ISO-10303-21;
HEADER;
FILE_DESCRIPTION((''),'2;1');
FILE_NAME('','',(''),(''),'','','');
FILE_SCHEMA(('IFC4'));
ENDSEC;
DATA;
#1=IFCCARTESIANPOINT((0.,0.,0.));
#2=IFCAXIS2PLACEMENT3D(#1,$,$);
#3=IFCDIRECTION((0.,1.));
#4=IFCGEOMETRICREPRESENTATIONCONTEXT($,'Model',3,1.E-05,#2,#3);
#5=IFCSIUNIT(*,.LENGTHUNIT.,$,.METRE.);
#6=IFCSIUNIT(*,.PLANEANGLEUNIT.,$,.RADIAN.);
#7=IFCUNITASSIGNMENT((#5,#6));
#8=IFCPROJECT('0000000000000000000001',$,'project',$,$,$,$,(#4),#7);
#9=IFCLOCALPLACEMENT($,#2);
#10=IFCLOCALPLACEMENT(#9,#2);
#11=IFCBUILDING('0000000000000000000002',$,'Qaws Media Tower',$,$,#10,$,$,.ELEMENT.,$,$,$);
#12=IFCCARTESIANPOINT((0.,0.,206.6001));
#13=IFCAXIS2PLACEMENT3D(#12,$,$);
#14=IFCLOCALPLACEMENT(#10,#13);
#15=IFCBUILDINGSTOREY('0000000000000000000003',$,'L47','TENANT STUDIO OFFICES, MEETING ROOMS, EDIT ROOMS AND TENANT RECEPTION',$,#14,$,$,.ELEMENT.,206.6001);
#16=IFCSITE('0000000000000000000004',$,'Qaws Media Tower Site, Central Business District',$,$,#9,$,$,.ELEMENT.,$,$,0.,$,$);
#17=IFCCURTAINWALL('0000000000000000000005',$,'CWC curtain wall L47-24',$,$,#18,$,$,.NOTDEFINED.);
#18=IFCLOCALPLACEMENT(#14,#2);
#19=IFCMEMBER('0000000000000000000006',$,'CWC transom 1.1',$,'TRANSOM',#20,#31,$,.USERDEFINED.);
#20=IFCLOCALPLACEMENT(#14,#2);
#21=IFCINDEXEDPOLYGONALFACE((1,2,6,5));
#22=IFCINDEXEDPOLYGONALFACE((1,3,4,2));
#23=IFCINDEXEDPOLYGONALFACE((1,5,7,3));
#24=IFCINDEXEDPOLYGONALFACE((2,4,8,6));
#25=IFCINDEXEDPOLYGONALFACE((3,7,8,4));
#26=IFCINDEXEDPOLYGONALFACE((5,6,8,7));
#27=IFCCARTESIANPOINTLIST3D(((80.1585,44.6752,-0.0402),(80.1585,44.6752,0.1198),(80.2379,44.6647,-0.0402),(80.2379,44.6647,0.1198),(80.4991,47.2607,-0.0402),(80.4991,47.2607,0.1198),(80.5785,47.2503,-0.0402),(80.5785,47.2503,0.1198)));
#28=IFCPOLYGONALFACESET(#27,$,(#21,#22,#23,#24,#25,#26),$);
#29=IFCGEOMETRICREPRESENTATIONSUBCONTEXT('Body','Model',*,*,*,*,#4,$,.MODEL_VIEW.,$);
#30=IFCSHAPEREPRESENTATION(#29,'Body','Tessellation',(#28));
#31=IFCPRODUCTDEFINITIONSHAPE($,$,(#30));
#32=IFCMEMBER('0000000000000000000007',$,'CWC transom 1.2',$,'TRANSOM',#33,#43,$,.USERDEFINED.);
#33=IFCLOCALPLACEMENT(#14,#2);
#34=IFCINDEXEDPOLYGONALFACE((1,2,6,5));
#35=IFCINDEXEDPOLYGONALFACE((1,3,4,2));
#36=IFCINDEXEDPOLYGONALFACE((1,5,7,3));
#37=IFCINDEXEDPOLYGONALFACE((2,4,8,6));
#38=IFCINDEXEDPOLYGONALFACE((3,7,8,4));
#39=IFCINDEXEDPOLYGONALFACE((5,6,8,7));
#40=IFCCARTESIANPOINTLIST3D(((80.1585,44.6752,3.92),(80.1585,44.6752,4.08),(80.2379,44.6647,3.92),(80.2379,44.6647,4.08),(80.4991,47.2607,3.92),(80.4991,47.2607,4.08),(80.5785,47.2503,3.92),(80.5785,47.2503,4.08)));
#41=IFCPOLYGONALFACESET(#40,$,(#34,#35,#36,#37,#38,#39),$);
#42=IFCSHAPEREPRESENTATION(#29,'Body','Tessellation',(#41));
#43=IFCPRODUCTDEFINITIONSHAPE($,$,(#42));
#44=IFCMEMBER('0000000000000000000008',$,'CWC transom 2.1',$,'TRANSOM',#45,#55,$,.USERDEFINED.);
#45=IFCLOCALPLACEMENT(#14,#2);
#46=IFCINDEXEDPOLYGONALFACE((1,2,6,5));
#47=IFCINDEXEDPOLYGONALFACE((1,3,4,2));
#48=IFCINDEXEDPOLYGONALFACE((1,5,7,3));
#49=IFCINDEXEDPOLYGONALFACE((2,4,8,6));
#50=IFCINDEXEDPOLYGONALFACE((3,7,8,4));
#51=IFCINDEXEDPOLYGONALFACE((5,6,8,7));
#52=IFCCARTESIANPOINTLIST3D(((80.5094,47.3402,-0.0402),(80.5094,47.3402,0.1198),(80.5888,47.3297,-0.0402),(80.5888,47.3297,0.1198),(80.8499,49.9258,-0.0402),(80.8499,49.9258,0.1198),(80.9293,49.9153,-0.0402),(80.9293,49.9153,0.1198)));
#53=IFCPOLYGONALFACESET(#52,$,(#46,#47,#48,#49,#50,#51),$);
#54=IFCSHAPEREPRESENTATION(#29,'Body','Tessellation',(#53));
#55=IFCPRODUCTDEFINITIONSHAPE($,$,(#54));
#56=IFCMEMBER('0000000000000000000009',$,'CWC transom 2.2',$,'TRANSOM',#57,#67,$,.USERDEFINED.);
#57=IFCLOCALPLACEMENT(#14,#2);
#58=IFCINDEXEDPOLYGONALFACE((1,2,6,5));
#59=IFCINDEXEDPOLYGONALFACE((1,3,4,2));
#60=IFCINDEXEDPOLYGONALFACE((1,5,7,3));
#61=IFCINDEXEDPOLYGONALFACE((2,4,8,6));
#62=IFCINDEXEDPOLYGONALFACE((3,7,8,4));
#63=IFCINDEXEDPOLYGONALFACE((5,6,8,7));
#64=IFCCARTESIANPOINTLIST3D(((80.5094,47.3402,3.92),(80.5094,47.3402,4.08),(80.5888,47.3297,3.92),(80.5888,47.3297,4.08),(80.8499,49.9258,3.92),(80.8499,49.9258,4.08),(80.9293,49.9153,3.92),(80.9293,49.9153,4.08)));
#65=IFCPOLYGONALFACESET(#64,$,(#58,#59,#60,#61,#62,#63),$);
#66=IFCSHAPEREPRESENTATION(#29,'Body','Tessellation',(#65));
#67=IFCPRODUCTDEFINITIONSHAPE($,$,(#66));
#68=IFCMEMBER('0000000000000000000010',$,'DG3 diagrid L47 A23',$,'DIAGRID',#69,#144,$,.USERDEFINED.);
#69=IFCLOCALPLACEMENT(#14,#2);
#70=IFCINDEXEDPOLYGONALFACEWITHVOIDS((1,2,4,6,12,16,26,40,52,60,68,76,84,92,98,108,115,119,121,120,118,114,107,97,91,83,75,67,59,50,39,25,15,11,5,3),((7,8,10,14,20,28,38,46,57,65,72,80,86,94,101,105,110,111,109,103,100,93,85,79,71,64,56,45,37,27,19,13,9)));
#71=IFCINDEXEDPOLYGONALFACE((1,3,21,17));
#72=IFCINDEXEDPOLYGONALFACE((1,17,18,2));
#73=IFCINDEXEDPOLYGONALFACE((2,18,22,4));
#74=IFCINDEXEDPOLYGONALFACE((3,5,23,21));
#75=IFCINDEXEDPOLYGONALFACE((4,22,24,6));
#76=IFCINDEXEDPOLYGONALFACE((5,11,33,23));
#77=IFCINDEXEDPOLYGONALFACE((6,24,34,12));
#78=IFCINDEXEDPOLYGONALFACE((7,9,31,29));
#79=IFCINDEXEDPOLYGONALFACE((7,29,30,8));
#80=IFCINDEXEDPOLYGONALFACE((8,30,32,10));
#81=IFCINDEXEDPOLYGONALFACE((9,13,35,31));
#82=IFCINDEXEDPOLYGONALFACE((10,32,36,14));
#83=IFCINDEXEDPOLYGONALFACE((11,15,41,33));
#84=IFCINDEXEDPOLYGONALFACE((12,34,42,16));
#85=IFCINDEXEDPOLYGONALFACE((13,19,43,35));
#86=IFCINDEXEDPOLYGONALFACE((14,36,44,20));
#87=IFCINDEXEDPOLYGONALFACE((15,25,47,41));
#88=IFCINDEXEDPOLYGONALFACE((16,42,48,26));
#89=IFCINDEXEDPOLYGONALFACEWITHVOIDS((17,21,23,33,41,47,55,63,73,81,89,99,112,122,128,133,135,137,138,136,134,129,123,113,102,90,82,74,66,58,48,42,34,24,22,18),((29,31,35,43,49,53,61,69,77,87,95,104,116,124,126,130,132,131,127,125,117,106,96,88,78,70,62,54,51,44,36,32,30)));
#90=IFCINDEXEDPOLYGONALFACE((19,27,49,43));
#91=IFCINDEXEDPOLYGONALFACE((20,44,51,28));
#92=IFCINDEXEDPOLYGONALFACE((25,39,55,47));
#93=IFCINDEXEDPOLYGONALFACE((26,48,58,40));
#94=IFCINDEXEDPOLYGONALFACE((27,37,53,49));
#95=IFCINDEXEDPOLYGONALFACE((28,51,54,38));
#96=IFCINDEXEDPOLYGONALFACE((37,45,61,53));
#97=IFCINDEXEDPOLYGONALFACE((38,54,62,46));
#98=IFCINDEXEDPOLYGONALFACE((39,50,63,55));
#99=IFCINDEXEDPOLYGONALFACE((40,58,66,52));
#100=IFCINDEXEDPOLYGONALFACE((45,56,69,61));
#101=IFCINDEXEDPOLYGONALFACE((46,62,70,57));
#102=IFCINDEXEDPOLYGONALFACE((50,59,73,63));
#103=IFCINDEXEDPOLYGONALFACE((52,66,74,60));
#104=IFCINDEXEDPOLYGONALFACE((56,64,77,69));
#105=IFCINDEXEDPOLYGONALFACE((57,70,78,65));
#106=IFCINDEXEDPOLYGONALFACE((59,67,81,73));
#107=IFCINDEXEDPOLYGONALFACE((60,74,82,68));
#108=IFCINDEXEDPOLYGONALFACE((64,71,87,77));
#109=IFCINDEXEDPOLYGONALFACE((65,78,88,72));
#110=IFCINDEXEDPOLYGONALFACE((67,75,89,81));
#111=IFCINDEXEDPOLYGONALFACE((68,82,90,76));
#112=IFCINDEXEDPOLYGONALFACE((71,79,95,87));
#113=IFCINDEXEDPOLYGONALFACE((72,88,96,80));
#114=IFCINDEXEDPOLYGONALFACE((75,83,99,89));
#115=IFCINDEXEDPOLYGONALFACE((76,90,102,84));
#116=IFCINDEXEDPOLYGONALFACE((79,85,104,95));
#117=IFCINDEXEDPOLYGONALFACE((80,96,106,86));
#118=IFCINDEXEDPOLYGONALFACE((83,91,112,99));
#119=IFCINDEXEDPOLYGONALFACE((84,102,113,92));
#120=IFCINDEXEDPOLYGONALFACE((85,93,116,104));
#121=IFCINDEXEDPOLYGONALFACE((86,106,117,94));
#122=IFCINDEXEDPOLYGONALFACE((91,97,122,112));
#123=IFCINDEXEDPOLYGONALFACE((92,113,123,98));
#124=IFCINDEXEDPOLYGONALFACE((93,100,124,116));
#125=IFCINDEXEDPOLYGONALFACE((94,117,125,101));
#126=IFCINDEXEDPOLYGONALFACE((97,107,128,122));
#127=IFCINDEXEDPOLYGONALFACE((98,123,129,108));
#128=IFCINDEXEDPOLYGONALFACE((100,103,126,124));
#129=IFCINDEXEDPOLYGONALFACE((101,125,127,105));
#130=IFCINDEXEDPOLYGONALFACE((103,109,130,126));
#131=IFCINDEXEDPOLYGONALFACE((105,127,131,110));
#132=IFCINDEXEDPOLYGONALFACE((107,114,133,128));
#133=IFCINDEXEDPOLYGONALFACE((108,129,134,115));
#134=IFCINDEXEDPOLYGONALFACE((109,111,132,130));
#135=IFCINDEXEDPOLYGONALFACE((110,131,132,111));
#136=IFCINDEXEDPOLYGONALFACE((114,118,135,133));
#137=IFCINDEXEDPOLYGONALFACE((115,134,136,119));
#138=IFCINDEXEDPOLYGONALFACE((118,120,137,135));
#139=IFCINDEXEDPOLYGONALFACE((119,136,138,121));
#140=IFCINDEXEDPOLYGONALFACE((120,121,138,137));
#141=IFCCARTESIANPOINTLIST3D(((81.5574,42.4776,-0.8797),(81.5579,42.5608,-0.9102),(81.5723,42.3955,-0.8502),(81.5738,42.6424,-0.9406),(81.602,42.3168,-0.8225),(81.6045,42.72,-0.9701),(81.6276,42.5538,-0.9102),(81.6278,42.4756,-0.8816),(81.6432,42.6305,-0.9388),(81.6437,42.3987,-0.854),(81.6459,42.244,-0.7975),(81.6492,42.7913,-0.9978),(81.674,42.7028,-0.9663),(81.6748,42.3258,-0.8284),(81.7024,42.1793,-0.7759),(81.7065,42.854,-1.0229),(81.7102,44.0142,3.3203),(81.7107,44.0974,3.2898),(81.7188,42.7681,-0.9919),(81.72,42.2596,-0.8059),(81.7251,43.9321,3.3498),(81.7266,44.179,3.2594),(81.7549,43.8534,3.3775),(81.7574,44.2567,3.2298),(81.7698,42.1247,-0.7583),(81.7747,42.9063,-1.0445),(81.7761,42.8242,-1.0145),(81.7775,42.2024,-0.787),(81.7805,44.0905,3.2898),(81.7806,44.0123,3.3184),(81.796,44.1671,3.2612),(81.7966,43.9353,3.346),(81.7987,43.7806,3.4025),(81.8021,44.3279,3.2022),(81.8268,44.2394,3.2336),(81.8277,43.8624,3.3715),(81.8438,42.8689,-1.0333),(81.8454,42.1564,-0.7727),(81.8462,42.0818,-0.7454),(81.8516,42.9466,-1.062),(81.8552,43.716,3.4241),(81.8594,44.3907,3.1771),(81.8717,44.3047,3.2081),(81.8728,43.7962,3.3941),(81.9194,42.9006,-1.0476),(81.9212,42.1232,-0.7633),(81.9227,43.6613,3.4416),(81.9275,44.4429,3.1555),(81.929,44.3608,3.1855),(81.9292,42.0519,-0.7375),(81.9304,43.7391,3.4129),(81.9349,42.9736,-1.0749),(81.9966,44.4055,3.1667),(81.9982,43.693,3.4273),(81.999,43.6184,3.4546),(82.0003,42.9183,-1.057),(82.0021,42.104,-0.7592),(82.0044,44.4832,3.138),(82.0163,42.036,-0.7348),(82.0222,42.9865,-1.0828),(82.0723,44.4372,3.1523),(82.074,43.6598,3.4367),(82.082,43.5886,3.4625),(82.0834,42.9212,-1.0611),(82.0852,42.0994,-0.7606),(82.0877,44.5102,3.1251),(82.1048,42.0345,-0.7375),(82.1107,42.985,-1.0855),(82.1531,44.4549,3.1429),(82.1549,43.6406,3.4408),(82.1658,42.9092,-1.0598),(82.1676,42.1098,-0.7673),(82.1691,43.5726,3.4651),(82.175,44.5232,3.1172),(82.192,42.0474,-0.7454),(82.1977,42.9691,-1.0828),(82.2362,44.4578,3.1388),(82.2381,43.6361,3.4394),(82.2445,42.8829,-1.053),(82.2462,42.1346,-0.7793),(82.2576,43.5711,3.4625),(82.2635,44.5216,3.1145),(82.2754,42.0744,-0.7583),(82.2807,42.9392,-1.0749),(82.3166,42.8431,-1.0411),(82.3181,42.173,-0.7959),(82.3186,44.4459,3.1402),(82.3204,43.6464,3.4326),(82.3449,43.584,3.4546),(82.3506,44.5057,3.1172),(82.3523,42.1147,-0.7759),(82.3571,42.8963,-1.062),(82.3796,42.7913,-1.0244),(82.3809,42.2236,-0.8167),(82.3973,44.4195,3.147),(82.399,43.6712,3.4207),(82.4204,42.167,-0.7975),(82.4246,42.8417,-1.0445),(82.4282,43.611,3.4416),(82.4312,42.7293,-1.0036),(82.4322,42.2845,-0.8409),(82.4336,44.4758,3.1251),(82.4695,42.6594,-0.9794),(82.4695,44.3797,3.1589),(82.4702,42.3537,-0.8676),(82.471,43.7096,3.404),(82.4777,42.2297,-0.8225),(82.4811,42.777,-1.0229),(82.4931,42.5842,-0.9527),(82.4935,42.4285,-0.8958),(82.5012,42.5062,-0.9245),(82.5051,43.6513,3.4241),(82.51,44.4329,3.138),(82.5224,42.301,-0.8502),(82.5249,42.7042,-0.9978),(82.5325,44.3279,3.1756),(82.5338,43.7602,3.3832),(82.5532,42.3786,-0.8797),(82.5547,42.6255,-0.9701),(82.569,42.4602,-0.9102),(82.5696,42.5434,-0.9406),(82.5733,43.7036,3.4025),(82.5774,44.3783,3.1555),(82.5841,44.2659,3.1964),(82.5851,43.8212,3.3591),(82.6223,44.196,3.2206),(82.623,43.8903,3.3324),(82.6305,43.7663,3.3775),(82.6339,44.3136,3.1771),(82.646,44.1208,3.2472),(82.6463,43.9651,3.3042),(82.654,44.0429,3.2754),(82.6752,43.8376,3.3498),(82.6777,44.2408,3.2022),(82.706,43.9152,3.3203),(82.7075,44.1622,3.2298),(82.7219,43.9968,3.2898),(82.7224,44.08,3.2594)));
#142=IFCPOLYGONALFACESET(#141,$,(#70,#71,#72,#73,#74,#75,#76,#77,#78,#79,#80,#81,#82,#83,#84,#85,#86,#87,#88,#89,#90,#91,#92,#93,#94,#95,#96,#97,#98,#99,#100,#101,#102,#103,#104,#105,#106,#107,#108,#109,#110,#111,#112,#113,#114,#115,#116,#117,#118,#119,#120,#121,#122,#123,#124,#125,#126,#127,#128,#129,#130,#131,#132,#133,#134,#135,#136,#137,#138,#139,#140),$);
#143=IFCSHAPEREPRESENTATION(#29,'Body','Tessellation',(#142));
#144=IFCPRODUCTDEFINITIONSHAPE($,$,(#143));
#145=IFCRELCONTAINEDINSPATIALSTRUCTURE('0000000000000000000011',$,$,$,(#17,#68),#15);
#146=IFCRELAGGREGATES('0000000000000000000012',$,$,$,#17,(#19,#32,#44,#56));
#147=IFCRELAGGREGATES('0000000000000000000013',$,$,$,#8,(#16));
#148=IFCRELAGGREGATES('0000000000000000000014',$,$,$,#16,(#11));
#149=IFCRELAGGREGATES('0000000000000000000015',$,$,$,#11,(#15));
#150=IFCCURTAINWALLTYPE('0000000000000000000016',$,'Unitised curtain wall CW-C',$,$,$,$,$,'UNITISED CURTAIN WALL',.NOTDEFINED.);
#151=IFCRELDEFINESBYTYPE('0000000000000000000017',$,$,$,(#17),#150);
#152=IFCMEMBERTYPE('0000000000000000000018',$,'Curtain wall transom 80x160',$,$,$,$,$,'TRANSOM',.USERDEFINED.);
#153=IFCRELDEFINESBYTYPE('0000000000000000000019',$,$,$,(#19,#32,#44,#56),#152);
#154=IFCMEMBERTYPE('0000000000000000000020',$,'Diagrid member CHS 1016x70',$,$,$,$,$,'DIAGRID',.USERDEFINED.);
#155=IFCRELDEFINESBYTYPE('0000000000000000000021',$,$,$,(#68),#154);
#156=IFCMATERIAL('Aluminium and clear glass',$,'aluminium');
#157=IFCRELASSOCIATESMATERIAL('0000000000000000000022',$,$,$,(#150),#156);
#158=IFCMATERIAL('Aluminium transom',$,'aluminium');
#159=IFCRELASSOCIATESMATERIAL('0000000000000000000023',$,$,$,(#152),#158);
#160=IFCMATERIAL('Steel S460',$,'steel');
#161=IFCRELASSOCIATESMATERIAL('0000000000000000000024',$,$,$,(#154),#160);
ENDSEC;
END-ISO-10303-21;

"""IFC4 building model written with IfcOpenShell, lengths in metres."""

from ifc_helpers import new_model, si_unit, direction, frame, origin, origin_2d, place, context, subcontext, project, spatial, rectangle, hollow_circle, extrude, material, material_profile, profile_set, type_object, element, aggregate, save


model = new_model("IFC4")

# Units and contexts
model_context = context("Model", 3, precision=1e-05, world=origin(), true_north=direction((0.0, 1.0)))
body_context = subcontext(model_context, "Body", "Model", "MODEL_VIEW")
ifc_project = project(units=[si_unit("LENGTHUNIT", "METRE"), si_unit("PLANEANGLEUNIT", "RADIAN")], contexts=[model_context])

# Site, building, storey
site_placement = place(None, origin())
site = spatial("IfcSite", under=ifc_project, at=site_placement, Name="Qaws Media Tower Site, Central Business District", CompositionType="ELEMENT", RefElevation=0.0)
building_placement = place(site_placement, origin())
building = spatial("IfcBuilding", under=site, at=building_placement, Name="Qaws Media Tower", CompositionType="ELEMENT")
storey_placement = place(building_placement, frame((0.0, 0.0, 206.6001)))
storey = spatial("IfcBuildingStorey", under=building, at=storey_placement, Name="L47", Description="TENANT STUDIO OFFICES, MEETING ROOMS, EDIT ROOMS AND TENANT RECEPTION", CompositionType="ELEMENT", Elevation=206.6001)

# Curtain wall
ifc_material_1 = material(Name="Aluminium and clear glass", Category="aluminium")
curtain_wall_type = type_object("IfcCurtainWallType", Name="Unitised curtain wall CW-C", ElementType="UNITISED CURTAIN WALL", PredefinedType="NOTDEFINED", material=ifc_material_1)
curtain_wall_1_placement = place(storey_placement, origin())
curtain_wall_1 = element("IfcCurtainWall", 1, at=curtain_wall_1_placement, inside=storey, type_object=curtain_wall_type, Name="CWC curtain wall L47-24", PredefinedType="NOTDEFINED")

# Members
ifc_material_2 = material(Name="Aluminium transom", Category="aluminium")
ifc_material_profile_1 = material_profile(ifc_material_2, rectangle(XDim=0.0801, YDim=0.1599, at=origin_2d()), Name="80x160")
ifc_profile_set_1 = profile_set([ifc_material_profile_1], Name="Aluminium transom")
member_type_1 = type_object("IfcMemberType", Name="Curtain wall transom 80x160", ElementType="TRANSOM", PredefinedType="USERDEFINED", material=ifc_profile_set_1)
member_1_placement = place(storey_placement, frame((80.1982, 44.6699, 0.0398), z_axis=(0.130588, 0.991437, 0.0), x_axis=(-0.991437, 0.130588, 0.0)))
member_1 = element("IfcMember", 2, at=member_1_placement, type_object=member_type_1, Name="CWC transom 1.1", ObjectType="TRANSOM", PredefinedType="USERDEFINED", context=body_context, shape_type="SweptSolid", body=[
    extrude(rectangle(XDim=0.0801, YDim=0.1599, at=origin_2d()), origin(), (0.0, 0.0, 1.0), 2.6079),
])
member_2_placement = place(storey_placement, frame((80.1982, 44.6699, 4.0), z_axis=(0.130588, 0.991437, 0.0), x_axis=(-0.991437, 0.130588, 0.0)))
member_2 = element("IfcMember", 3, at=member_2_placement, type_object=member_type_1, Name="CWC transom 1.2", ObjectType="TRANSOM", PredefinedType="USERDEFINED", context=body_context, shape_type="SweptSolid", body=[
    extrude(rectangle(XDim=0.0801, YDim=0.1599, at=origin_2d()), origin(), (0.0, 0.0, 1.0), 2.6079),
])
member_3_placement = place(storey_placement, frame((80.5491, 47.335, 0.0398), z_axis=(0.130588, 0.991437, 0.0), x_axis=(-0.991437, 0.130588, 0.0)))
member_3 = element("IfcMember", 4, at=member_3_placement, type_object=member_type_1, Name="CWC transom 2.1", ObjectType="TRANSOM", PredefinedType="USERDEFINED", context=body_context, shape_type="SweptSolid", body=[
    extrude(rectangle(XDim=0.0801, YDim=0.1599, at=origin_2d()), origin(), (0.0, 0.0, 1.0), 2.6079),
])
member_4_placement = place(storey_placement, frame((80.5491, 47.335, 4.0), z_axis=(0.130588, 0.991437, 0.0), x_axis=(-0.991437, 0.130588, 0.0)))
member_4 = element("IfcMember", 5, at=member_4_placement, type_object=member_type_1, Name="CWC transom 2.2", ObjectType="TRANSOM", PredefinedType="USERDEFINED", context=body_context, shape_type="SweptSolid", body=[
    extrude(rectangle(XDim=0.0801, YDim=0.1599, at=origin_2d()), origin(), (0.0, 0.0, 1.0), 2.6079),
])

# Member
ifc_material_3 = material(Name="Steel S460", Category="steel")
ifc_material_profile_2 = material_profile(ifc_material_3, hollow_circle(Radius=0.5081, WallThickness=0.0701, at=origin_2d()), Name="CHS 1016x70")
ifc_profile_set_2 = profile_set([ifc_material_profile_2], Name="Steel S460")
member_type_2 = type_object("IfcMemberType", Name="Diagrid member CHS 1016x70", ElementType="DIAGRID", PredefinedType="USERDEFINED", material=ifc_profile_set_2)
for number, where, z_axis, x_axis, name in (
    (6, (82.0635, 42.5105, -0.9102), (0.034154, 0.343392, 0.938571), (-0.99509, 0.098971, 0.0), "DG3 diagrid L47 A23"),
):
    element("IfcMember", number, at=place(storey_placement, frame(where, z_axis=z_axis, x_axis=x_axis)), inside=storey, type_object=member_type_2, Name=name, ObjectType="DIAGRID", PredefinedType="USERDEFINED", context=body_context, shape_type="SweptSolid", body=[
        extrude(hollow_circle(Radius=0.5081, WallThickness=0.0701, at=origin_2d()), origin(), (0.0, 0.0, 1.0), 4.4749),
    ])

aggregate(curtain_wall_1, [member_1, member_2, member_3, member_4])

save(model, "model.ifc")
